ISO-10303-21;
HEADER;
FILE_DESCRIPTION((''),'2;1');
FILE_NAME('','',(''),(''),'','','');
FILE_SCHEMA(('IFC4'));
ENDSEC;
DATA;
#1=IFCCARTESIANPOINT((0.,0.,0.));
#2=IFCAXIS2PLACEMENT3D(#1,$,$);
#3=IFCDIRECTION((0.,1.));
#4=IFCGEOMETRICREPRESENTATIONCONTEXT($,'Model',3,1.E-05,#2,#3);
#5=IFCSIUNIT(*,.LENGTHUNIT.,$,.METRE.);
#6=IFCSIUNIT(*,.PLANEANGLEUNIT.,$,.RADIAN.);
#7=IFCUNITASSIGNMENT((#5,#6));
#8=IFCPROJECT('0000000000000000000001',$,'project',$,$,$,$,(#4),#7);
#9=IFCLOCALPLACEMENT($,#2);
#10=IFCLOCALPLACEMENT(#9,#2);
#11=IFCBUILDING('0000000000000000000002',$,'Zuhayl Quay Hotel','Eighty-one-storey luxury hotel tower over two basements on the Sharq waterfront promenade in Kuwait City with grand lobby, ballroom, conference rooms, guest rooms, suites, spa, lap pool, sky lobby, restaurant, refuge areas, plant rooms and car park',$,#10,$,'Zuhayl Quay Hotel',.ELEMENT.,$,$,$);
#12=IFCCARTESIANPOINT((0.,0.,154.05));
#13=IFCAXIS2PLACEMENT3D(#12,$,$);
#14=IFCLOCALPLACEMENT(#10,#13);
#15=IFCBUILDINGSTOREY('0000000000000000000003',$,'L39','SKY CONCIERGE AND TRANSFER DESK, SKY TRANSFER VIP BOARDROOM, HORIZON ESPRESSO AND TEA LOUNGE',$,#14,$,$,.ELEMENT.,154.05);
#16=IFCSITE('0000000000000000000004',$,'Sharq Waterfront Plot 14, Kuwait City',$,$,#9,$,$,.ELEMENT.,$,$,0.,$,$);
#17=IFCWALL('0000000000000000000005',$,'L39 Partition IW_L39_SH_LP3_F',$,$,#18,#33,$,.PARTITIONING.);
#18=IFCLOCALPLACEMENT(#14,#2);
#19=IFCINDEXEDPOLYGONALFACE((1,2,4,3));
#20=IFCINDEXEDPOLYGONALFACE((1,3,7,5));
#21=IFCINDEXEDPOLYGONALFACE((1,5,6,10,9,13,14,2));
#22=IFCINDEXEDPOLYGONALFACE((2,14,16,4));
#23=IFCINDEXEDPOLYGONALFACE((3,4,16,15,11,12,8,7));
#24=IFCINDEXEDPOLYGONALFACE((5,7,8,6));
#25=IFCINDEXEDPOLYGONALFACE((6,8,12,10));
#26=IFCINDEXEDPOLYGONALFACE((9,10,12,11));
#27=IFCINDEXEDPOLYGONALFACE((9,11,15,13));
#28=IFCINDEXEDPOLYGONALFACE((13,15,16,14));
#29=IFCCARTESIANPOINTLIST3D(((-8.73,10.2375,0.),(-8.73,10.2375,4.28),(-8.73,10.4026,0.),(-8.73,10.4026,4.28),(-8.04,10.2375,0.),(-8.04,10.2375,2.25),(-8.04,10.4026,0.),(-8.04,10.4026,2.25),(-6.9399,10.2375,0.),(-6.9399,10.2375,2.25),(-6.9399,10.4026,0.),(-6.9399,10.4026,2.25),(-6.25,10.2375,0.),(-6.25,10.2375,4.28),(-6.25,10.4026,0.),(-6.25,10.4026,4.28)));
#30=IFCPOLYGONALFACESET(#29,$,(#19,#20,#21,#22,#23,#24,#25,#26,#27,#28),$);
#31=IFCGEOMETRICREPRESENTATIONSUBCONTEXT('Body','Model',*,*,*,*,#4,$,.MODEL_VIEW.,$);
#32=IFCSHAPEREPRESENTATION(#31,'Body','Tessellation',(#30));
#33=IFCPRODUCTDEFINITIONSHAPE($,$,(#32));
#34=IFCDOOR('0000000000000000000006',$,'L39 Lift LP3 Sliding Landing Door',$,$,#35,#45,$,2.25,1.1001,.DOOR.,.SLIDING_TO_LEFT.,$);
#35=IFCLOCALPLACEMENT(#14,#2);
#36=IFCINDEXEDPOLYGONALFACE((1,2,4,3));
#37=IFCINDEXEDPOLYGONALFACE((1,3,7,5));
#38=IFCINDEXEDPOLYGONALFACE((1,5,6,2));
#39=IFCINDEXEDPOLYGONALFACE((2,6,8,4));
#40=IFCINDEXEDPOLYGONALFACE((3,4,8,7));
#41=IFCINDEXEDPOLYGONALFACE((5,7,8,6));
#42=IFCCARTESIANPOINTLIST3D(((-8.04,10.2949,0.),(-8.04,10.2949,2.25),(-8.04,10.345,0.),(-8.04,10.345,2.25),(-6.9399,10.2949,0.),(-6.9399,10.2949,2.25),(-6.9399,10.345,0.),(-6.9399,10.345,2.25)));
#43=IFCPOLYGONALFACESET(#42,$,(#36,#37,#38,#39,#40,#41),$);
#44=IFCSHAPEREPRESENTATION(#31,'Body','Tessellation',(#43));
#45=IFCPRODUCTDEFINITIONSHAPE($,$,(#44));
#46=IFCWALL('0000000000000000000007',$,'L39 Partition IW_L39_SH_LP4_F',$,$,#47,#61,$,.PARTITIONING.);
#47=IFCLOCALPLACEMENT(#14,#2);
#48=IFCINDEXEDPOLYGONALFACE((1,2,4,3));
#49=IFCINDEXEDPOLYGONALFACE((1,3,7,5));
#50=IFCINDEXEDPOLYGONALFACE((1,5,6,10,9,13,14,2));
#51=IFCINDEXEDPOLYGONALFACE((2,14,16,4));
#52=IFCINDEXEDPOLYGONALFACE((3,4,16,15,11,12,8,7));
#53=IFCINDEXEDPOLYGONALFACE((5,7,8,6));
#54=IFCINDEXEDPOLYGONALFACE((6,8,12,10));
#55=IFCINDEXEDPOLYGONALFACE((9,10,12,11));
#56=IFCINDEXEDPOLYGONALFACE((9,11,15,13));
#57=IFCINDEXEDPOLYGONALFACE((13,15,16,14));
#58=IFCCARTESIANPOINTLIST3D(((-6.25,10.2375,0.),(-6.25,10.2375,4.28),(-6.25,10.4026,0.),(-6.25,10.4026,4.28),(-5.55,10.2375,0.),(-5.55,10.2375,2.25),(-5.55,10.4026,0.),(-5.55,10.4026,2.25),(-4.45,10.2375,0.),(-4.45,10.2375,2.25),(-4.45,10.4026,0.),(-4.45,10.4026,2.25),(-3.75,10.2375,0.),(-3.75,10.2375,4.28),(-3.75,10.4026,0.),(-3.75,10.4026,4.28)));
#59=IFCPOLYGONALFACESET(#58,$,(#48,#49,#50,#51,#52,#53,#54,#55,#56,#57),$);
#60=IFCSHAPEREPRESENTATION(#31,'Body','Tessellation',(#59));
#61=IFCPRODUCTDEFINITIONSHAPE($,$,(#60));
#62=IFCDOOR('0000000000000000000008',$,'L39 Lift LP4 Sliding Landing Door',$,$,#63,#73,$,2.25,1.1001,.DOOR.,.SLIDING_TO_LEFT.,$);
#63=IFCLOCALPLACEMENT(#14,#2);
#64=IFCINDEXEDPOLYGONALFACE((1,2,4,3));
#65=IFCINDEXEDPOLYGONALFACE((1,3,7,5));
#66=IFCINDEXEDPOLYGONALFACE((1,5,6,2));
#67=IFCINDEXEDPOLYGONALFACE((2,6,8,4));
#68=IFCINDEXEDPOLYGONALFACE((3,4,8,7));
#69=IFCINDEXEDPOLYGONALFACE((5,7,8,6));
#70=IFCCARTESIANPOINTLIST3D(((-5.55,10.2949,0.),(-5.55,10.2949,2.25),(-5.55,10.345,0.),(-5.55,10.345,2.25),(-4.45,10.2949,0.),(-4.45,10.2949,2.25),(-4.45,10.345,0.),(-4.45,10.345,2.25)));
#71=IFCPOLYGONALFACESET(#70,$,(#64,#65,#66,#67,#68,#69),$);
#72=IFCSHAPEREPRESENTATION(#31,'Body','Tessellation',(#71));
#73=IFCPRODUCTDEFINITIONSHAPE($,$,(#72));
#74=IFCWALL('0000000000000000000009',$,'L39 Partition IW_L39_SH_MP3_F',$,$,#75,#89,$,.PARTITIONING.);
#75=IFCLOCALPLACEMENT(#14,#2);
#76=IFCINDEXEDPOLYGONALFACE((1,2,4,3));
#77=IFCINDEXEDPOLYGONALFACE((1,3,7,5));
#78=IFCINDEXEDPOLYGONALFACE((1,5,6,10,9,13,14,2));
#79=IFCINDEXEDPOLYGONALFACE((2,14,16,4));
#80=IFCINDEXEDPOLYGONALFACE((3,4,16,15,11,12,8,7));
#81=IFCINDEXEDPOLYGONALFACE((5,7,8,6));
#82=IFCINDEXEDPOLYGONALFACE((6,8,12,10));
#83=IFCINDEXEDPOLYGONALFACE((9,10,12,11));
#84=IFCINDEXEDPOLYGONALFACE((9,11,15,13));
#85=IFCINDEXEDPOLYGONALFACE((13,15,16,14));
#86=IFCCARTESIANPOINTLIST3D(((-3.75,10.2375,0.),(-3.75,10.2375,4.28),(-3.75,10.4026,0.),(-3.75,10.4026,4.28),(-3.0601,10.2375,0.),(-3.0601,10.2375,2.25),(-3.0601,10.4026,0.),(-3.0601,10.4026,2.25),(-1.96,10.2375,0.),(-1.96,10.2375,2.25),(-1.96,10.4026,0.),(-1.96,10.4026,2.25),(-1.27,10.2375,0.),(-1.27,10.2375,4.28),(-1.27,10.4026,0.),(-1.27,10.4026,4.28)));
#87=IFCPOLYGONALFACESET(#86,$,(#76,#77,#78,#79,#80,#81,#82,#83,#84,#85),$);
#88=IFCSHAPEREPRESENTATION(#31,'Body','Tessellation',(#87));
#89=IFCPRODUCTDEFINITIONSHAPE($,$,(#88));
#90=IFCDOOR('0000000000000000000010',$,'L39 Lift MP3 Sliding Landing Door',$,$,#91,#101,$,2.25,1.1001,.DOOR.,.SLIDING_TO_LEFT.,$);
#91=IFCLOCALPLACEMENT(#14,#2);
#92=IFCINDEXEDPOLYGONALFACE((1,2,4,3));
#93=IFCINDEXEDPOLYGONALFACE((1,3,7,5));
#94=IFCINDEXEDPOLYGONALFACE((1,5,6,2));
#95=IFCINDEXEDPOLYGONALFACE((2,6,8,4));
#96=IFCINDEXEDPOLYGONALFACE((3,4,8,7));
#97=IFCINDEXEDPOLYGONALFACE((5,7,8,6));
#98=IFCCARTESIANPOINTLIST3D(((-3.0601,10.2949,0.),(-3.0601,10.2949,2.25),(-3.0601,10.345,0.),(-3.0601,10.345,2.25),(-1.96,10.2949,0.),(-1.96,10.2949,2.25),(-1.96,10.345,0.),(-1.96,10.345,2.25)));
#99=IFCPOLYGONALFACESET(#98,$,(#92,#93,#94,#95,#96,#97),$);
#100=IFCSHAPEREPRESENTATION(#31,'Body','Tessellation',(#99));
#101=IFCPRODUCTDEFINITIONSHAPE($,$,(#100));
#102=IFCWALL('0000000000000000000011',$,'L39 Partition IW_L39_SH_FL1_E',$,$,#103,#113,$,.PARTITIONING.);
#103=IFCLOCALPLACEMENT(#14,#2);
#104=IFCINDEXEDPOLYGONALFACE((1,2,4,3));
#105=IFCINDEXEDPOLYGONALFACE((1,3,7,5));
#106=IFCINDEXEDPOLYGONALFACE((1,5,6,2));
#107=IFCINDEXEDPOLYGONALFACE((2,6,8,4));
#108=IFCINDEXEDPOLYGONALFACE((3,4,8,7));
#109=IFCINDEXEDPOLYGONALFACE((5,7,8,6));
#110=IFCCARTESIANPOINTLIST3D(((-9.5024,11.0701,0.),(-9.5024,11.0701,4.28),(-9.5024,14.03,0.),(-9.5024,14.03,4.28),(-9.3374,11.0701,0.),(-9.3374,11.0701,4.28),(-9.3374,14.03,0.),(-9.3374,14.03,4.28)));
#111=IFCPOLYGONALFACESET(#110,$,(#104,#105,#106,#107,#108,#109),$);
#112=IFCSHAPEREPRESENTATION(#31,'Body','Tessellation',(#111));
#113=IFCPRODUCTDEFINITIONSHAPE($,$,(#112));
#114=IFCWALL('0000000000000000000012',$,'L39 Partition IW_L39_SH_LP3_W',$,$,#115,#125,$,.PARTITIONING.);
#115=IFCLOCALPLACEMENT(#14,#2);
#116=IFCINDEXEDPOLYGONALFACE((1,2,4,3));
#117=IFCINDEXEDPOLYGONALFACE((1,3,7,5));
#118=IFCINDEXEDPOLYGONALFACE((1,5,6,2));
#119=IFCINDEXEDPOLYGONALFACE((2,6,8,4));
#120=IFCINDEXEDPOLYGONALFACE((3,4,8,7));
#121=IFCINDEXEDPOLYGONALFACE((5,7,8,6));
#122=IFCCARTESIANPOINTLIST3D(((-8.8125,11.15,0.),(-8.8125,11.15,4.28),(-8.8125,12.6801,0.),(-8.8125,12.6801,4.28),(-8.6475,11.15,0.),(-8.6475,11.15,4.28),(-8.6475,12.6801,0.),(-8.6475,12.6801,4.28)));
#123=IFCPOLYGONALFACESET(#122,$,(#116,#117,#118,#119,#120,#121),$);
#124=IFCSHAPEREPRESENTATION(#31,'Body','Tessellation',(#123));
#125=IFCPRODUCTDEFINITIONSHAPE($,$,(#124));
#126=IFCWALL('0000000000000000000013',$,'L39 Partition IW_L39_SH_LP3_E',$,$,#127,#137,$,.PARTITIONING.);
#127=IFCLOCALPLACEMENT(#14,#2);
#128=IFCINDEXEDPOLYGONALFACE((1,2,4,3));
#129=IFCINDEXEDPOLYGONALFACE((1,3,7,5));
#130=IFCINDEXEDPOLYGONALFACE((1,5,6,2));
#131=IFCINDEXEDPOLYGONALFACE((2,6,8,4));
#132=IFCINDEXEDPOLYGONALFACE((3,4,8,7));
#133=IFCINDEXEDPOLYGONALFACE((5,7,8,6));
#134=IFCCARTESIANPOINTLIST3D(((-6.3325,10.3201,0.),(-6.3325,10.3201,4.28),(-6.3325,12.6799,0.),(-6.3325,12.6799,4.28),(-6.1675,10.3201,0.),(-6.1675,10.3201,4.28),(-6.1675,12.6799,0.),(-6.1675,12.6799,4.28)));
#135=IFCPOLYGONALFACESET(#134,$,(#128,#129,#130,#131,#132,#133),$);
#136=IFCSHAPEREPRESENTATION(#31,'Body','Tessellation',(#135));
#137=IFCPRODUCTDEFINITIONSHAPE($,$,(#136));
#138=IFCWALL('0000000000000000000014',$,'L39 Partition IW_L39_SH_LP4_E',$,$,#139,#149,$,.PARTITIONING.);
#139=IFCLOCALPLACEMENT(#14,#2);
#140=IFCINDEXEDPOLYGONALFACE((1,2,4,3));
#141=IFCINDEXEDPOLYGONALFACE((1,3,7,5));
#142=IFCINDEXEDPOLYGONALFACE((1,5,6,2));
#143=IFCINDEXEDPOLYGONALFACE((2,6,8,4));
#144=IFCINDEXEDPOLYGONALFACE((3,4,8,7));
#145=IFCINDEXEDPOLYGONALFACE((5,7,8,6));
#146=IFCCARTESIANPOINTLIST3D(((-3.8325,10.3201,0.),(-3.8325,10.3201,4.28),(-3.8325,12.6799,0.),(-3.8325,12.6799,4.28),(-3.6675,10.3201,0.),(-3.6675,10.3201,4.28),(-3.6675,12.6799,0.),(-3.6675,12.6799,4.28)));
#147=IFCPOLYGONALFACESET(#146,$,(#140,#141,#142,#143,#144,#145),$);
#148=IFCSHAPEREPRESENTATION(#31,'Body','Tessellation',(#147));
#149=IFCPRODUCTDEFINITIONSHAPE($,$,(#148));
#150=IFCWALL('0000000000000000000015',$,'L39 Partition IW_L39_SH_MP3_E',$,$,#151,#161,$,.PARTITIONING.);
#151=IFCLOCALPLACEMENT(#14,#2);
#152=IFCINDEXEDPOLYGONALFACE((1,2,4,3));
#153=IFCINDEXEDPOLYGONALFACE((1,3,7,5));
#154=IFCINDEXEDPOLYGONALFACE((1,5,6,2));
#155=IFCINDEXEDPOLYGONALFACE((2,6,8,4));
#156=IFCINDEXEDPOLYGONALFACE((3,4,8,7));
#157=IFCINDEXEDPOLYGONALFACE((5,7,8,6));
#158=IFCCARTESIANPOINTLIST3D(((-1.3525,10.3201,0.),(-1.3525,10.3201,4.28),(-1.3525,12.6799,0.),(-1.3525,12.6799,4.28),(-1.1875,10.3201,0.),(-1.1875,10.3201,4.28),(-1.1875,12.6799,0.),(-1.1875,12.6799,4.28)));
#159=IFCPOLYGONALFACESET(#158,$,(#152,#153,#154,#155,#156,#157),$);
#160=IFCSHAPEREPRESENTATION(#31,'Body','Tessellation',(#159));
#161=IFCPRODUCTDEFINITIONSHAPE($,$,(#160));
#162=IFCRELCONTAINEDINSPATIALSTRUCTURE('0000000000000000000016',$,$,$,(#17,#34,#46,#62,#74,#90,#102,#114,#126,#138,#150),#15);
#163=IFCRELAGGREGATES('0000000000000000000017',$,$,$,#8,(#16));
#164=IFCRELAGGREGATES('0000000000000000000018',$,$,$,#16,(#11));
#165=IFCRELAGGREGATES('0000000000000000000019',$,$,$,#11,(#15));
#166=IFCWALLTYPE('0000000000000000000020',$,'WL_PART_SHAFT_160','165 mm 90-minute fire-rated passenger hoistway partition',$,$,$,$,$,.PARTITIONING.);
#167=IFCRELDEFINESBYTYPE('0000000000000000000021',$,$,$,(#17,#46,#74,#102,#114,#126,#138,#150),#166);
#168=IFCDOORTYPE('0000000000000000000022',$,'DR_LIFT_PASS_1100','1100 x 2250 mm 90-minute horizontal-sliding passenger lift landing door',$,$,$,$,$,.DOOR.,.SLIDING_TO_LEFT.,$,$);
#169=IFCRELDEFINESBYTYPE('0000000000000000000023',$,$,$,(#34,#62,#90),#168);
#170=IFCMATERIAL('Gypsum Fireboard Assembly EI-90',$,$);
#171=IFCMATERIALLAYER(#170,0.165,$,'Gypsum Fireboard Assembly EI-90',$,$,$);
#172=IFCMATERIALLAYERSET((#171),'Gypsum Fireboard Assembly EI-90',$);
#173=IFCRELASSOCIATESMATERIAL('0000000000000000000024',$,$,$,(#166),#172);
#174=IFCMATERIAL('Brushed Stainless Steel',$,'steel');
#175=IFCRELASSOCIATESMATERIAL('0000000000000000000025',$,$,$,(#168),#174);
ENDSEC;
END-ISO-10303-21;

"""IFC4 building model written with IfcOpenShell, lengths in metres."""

from ifc_helpers import new_model, si_unit, direction, frame, frame_2d, origin, place, context, subcontext, project, spatial, rectangle, extrude, material, layer, layer_set, type_object, element, fill, save


model = new_model("IFC4")

# Units and contexts
model_context = context("Model", 3, precision=1e-05, world=origin(), true_north=direction((0.0, 1.0)))
body_context = subcontext(model_context, "Body", "Model", "MODEL_VIEW")
ifc_project = project(units=[si_unit("LENGTHUNIT", "METRE"), si_unit("PLANEANGLEUNIT", "RADIAN")], contexts=[model_context])

# Site, building, storey
site_placement = place(None, origin())
site = spatial("IfcSite", under=ifc_project, at=site_placement, Name="Sharq Waterfront Plot 14, Kuwait City", CompositionType="ELEMENT", RefElevation=0.0)
building_placement = place(site_placement, origin())
building = spatial("IfcBuilding", under=site, at=building_placement, Name="Zuhayl Quay Hotel", Description="Eighty-one-storey luxury hotel tower over two basements on the Sharq waterfront promenade in Kuwait City with grand lobby, ballroom, conference rooms, guest rooms, suites, spa, lap pool, sky lobby, restaurant, refuge areas, plant rooms and car park", LongName="Zuhayl Quay Hotel", CompositionType="ELEMENT")
storey_placement = place(building_placement, frame((0.0, 0.0, 154.05)))
storey = spatial("IfcBuildingStorey", under=building, at=storey_placement, Name="L39", Description="SKY CONCIERGE AND TRANSFER DESK, SKY TRANSFER VIP BOARDROOM, HORIZON ESPRESSO AND TEA LOUNGE", CompositionType="ELEMENT", Elevation=154.05)

# Walls, openings, doors
ifc_material_1 = material(Name="Gypsum Fireboard Assembly EI-90")
ifc_layer_1 = layer(ifc_material_1, 0.165, Name="Gypsum Fireboard Assembly EI-90")
ifc_layer_set_1 = layer_set([ifc_layer_1], Name="Gypsum Fireboard Assembly EI-90")
wall_type_1 = type_object("IfcWallType", Name="WL_PART_SHAFT_160", Description="165 mm 90-minute fire-rated passenger hoistway partition", PredefinedType="PARTITIONING", material=ifc_layer_set_1)
ifc_material_2 = material(Name="Brushed Stainless Steel", Category="steel")
wall_1_placement = place(storey_placement, frame((-8.73, 10.3201, 0.0), z_axis=(0.0, 0.0, 1.0), x_axis=(1.0, 0.0, 0.0)))
wall_1 = element("IfcWall", 1, at=wall_1_placement, inside=storey, type_object=wall_type_1, Name="L39 Partition IW_L39_SH_LP3_F", PredefinedType="PARTITIONING", context=body_context, shape_type="SweptSolid", body=[
    extrude(rectangle(XDim=2.48, YDim=0.165, at=frame_2d((1.24, 0.0))), origin(), (0.0, 0.0, 1.0), 4.28),
])
opening_1_placement = place(wall_1_placement, frame((0.6899, 0.0, 0.0)))
opening_1 = element("IfcOpeningElement", 2, at=opening_1_placement, cuts=wall_1, PredefinedType="OPENING", context=body_context, shape_type="SweptSolid", body=[
    extrude(rectangle(XDim=1.1001, YDim=2.25, at=frame_2d((0.55, 1.125))), frame((0.0, 0.0925, 0.0), z_axis=(0.0, -1.0, 0.0), x_axis=(1.0, 0.0, 0.0)), (0.0, 0.0, 1.0), 0.1851),
])
door_type_1 = type_object("IfcDoorType", Name="DR_LIFT_PASS_1100", Description="1100 x 2250 mm 90-minute horizontal-sliding passenger lift landing door", OperationType="SLIDING_TO_LEFT", PredefinedType="DOOR", material=ifc_material_2)
door_1_placement = place(opening_1_placement, origin())
door_1 = element("IfcDoor", 3, at=door_1_placement, inside=storey, type_object=door_type_1, Name="L39 Lift LP3 Sliding Landing Door", OperationType="SLIDING_TO_LEFT", OverallHeight=2.25, OverallWidth=1.1001, PredefinedType="DOOR", context=body_context, shape_type="SweptSolid", body=[
    extrude(rectangle(XDim=1.1001, YDim=2.25, at=frame_2d((0.55, 1.125))), frame((0.0, 0.0249, 0.0), z_axis=(0.0, -1.0, 0.0), x_axis=(1.0, 0.0, 0.0)), (0.0, 0.0, 1.0), 0.05),
])
fill(opening_1, door_1)
wall_2_placement = place(storey_placement, frame((-6.25, 10.3201, 0.0), z_axis=(0.0, 0.0, 1.0), x_axis=(1.0, 0.0, 0.0)))
wall_2 = element("IfcWall", 4, at=wall_2_placement, inside=storey, type_object=wall_type_1, Name="L39 Partition IW_L39_SH_LP4_F", PredefinedType="PARTITIONING", context=body_context, shape_type="SweptSolid", body=[
    extrude(rectangle(XDim=2.5, YDim=0.165, at=frame_2d((1.25, 0.0))), origin(), (0.0, 0.0, 1.0), 4.28),
])
opening_2_placement = place(wall_2_placement, frame((0.7, 0.0, 0.0)))
opening_2 = element("IfcOpeningElement", 5, at=opening_2_placement, cuts=wall_2, PredefinedType="OPENING", context=body_context, shape_type="SweptSolid", body=[
    extrude(rectangle(XDim=1.1001, YDim=2.25, at=frame_2d((0.55, 1.125))), frame((0.0, 0.0925, 0.0), z_axis=(0.0, -1.0, 0.0), x_axis=(1.0, 0.0, 0.0)), (0.0, 0.0, 1.0), 0.1851),
])
door_2_placement = place(opening_2_placement, origin())
door_2 = element("IfcDoor", 6, at=door_2_placement, inside=storey, type_object=door_type_1, Name="L39 Lift LP4 Sliding Landing Door", OperationType="SLIDING_TO_LEFT", OverallHeight=2.25, OverallWidth=1.1001, PredefinedType="DOOR", context=body_context, shape_type="SweptSolid", body=[
    extrude(rectangle(XDim=1.1001, YDim=2.25, at=frame_2d((0.55, 1.125))), frame((0.0, 0.0249, 0.0), z_axis=(0.0, -1.0, 0.0), x_axis=(1.0, 0.0, 0.0)), (0.0, 0.0, 1.0), 0.05),
])
fill(opening_2, door_2)
wall_3_placement = place(storey_placement, frame((-3.75, 10.3201, 0.0), z_axis=(0.0, 0.0, 1.0), x_axis=(1.0, 0.0, 0.0)))
wall_3 = element("IfcWall", 7, at=wall_3_placement, inside=storey, type_object=wall_type_1, Name="L39 Partition IW_L39_SH_MP3_F", PredefinedType="PARTITIONING", context=body_context, shape_type="SweptSolid", body=[
    extrude(rectangle(XDim=2.48, YDim=0.165, at=frame_2d((1.24, 0.0))), origin(), (0.0, 0.0, 1.0), 4.28),
])
opening_3_placement = place(wall_3_placement, frame((0.6899, 0.0, 0.0)))
opening_3 = element("IfcOpeningElement", 8, at=opening_3_placement, cuts=wall_3, PredefinedType="OPENING", context=body_context, shape_type="SweptSolid", body=[
    extrude(rectangle(XDim=1.1001, YDim=2.25, at=frame_2d((0.55, 1.125))), frame((0.0, 0.0925, 0.0), z_axis=(0.0, -1.0, 0.0), x_axis=(1.0, 0.0, 0.0)), (0.0, 0.0, 1.0), 0.1851),
])
door_3_placement = place(opening_3_placement, origin())
door_3 = element("IfcDoor", 9, at=door_3_placement, inside=storey, type_object=door_type_1, Name="L39 Lift MP3 Sliding Landing Door", OperationType="SLIDING_TO_LEFT", OverallHeight=2.25, OverallWidth=1.1001, PredefinedType="DOOR", context=body_context, shape_type="SweptSolid", body=[
    extrude(rectangle(XDim=1.1001, YDim=2.25, at=frame_2d((0.55, 1.125))), frame((0.0, 0.0249, 0.0), z_axis=(0.0, -1.0, 0.0), x_axis=(1.0, 0.0, 0.0)), (0.0, 0.0, 1.0), 0.05),
])
fill(opening_3, door_3)

# Walls
wall_4_placement = place(storey_placement, frame((-9.4199, 11.0701, 0.0), z_axis=(0.0, 0.0, 1.0), x_axis=(0.0, 1.0, 0.0)))
element("IfcWall", 10, at=wall_4_placement, inside=storey, type_object=wall_type_1, Name="L39 Partition IW_L39_SH_FL1_E", PredefinedType="PARTITIONING", context=body_context, shape_type="SweptSolid", body=[
    extrude(rectangle(XDim=2.96, YDim=0.165, at=frame_2d((1.48, 0.0))), origin(), (0.0, 0.0, 1.0), 4.28),
])
wall_5_placement = place(storey_placement, frame((-8.73, 11.1499, 0.0), z_axis=(0.0, 0.0, 1.0), x_axis=(0.0, 1.0, 0.0)))
element("IfcWall", 11, at=wall_5_placement, inside=storey, type_object=wall_type_1, Name="L39 Partition IW_L39_SH_LP3_W", PredefinedType="PARTITIONING", context=body_context, shape_type="SweptSolid", body=[
    extrude(rectangle(XDim=1.53, YDim=0.165, at=frame_2d((0.7651, 0.0))), origin(), (0.0, 0.0, 1.0), 4.28),
])
for number, where, z_axis, x_axis, name in (
    (12, (-6.25, 10.3201, 0.0), (0.0, 0.0, 1.0), (0.0, 1.0, 0.0), "L39 Partition IW_L39_SH_LP3_E"),
    (13, (-3.75, 10.3201, 0.0), (0.0, 0.0, 1.0), (0.0, 1.0, 0.0), "L39 Partition IW_L39_SH_LP4_E"),
    (14, (-1.27, 10.3201, 0.0), (0.0, 0.0, 1.0), (0.0, 1.0, 0.0), "L39 Partition IW_L39_SH_MP3_E"),
):
    element("IfcWall", number, at=place(storey_placement, frame(where, z_axis=z_axis, x_axis=x_axis)), inside=storey, type_object=wall_type_1, Name=name, PredefinedType="PARTITIONING", context=body_context, shape_type="SweptSolid", body=[
        extrude(rectangle(XDim=2.3599, YDim=0.165, at=frame_2d((1.1799, 0.0))), origin(), (0.0, 0.0, 1.0), 4.28),
    ])

save(model, "model.ifc")
